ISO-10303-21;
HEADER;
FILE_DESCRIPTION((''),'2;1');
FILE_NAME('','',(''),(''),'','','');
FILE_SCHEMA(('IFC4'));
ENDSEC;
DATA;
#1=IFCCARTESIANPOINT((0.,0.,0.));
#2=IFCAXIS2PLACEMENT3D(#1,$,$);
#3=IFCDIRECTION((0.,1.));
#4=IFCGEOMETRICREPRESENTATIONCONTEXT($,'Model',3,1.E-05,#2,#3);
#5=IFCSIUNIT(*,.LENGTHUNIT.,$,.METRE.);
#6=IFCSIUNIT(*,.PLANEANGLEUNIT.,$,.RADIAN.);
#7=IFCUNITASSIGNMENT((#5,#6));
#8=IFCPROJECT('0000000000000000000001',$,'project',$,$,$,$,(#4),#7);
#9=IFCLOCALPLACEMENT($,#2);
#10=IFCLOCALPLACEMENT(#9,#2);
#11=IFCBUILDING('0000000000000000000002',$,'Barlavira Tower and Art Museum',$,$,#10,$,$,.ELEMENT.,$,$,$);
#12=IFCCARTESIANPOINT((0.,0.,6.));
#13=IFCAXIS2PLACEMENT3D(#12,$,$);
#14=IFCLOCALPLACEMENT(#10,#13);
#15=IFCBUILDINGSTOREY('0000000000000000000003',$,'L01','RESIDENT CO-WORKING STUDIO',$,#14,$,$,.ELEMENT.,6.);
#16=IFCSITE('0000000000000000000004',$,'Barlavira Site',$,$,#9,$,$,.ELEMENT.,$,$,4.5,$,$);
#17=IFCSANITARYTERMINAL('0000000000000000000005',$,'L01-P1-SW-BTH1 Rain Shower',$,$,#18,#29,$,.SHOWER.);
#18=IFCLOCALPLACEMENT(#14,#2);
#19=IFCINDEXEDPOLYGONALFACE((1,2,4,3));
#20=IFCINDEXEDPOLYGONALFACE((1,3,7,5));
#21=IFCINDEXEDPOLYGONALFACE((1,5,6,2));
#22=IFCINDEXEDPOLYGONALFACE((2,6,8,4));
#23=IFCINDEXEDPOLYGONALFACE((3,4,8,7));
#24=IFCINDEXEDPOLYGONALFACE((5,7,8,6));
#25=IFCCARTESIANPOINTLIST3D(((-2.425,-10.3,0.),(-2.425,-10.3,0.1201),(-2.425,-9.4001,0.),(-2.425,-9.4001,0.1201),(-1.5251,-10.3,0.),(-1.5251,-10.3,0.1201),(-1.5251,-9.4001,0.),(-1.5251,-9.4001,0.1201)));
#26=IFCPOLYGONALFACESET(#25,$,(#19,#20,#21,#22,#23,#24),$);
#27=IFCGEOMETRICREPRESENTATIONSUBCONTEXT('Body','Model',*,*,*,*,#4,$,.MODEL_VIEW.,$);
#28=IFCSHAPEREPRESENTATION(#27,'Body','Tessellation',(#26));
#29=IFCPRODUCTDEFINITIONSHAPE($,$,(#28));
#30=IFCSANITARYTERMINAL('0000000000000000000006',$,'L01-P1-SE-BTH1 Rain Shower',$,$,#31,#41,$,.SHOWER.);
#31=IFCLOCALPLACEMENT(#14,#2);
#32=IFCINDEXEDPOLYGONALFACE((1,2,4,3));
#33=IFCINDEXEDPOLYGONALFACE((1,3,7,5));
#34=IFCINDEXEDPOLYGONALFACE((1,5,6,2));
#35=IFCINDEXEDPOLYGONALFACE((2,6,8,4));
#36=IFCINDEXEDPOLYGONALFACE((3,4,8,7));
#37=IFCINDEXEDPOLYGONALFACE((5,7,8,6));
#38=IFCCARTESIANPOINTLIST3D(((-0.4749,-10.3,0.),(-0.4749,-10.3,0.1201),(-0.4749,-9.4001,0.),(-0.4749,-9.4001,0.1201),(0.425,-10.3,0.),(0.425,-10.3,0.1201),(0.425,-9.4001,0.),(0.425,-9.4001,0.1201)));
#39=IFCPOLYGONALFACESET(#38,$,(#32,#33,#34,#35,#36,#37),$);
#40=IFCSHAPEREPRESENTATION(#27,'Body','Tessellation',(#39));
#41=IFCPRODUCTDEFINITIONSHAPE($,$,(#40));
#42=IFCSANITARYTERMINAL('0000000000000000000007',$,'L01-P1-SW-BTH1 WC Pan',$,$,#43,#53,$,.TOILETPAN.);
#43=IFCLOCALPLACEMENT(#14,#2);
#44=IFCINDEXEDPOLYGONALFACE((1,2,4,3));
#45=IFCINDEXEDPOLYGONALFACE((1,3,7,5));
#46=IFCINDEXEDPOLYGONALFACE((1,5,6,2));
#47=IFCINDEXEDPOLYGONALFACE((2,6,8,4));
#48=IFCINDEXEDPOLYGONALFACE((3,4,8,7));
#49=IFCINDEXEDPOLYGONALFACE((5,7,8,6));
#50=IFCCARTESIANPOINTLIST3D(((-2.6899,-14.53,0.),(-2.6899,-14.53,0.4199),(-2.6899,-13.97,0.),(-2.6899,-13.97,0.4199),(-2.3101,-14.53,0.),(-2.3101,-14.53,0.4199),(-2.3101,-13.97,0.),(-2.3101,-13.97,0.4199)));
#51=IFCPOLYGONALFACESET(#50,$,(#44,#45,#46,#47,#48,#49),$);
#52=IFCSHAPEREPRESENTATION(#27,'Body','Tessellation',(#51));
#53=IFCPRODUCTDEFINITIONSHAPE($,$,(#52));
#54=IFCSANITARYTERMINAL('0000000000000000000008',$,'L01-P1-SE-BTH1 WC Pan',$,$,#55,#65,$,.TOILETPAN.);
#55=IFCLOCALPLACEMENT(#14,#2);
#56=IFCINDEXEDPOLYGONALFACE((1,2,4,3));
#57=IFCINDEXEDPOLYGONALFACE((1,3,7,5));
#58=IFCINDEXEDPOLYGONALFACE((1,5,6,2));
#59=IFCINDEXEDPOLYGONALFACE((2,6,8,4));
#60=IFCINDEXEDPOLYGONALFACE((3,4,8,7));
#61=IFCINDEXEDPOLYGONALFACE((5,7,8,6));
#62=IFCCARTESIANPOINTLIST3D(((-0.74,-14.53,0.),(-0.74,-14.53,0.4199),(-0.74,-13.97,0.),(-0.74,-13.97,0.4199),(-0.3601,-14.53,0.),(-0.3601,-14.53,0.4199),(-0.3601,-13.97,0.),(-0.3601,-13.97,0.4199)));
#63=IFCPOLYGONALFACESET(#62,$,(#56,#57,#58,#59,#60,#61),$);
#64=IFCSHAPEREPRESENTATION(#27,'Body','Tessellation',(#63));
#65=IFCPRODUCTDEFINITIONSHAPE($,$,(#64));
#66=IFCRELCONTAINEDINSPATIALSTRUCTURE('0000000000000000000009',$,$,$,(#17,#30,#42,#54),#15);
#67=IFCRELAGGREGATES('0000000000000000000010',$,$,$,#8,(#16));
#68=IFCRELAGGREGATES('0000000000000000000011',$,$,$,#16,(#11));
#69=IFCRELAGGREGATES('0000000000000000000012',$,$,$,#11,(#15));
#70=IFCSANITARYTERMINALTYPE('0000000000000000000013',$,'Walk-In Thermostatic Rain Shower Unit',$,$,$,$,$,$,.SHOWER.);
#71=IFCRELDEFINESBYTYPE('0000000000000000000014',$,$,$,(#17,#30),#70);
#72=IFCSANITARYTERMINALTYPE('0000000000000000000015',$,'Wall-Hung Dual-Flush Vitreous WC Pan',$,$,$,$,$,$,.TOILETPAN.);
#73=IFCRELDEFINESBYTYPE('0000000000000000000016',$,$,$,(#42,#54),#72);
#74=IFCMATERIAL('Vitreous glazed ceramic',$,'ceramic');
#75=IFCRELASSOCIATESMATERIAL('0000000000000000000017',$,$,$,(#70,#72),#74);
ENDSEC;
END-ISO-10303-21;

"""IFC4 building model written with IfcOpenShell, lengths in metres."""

from ifc_helpers import new_model, si_unit, direction, frame, origin, origin_2d, place, context, subcontext, project, spatial, rectangle, extrude, material, type_object, element, save


model = new_model("IFC4")

# Units and contexts
model_context = context("Model", 3, precision=1e-05, world=origin(), true_north=direction((0.0, 1.0)))
body_context = subcontext(model_context, "Body", "Model", "MODEL_VIEW")
ifc_project = project(units=[si_unit("LENGTHUNIT", "METRE"), si_unit("PLANEANGLEUNIT", "RADIAN")], contexts=[model_context])

# Site, building, storey
site_placement = place(None, origin())
site = spatial("IfcSite", under=ifc_project, at=site_placement, Name="Barlavira Site", CompositionType="ELEMENT", RefElevation=4.5)
building_placement = place(site_placement, origin())
building = spatial("IfcBuilding", under=site, at=building_placement, Name="Barlavira Tower and Art Museum", CompositionType="ELEMENT")
storey_placement = place(building_placement, frame((0.0, 0.0, 6.0)))
storey = spatial("IfcBuildingStorey", under=building, at=storey_placement, Name="L01", Description="RESIDENT CO-WORKING STUDIO", CompositionType="ELEMENT", Elevation=6.0)

# Sanitary terminals
ifc_material_1 = material(Name="Vitreous glazed ceramic", Category="ceramic")
sanitary_terminal_type_1 = type_object("IfcSanitaryTerminalType", Name="Walk-In Thermostatic Rain Shower Unit", PredefinedType="SHOWER", material=ifc_material_1)
for number, where, z_axis, x_axis, name in (
    (1, (-1.9751, -9.8501, 0.0), (0.0, 0.0, 1.0), (1.0, 0.0, 0.0), "L01-P1-SW-BTH1 Rain Shower"),
    (2, (-0.0249, -9.8501, 0.0), (0.0, 0.0, 1.0), (1.0, 0.0, 0.0), "L01-P1-SE-BTH1 Rain Shower"),
):
    element("IfcSanitaryTerminal", number, at=place(storey_placement, frame(where, z_axis=z_axis, x_axis=x_axis)), inside=storey, type_object=sanitary_terminal_type_1, Name=name, PredefinedType="SHOWER", context=body_context, shape_type="SweptSolid", body=[
        extrude(rectangle(XDim=0.8999, YDim=0.8999, at=origin_2d()), origin(), (0.0, 0.0, 1.0), 0.1201),
    ])
sanitary_terminal_type_2 = type_object("IfcSanitaryTerminalType", Name="Wall-Hung Dual-Flush Vitreous WC Pan", PredefinedType="TOILETPAN", material=ifc_material_1)
for number, where, z_axis, x_axis, name in (
    (3, (-2.5, -14.25, 0.0), (0.0, 0.0, 1.0), (1.0, 0.0, 0.0), "L01-P1-SW-BTH1 WC Pan"),
    (4, (-0.55, -14.25, 0.0), (0.0, 0.0, 1.0), (1.0, 0.0, 0.0), "L01-P1-SE-BTH1 WC Pan"),
):
    element("IfcSanitaryTerminal", number, at=place(storey_placement, frame(where, z_axis=z_axis, x_axis=x_axis)), inside=storey, type_object=sanitary_terminal_type_2, Name=name, PredefinedType="TOILETPAN", context=body_context, shape_type="SweptSolid", body=[
        extrude(rectangle(XDim=0.3799, YDim=0.5601, at=origin_2d()), origin(), (0.0, 0.0, 1.0), 0.4199),
    ])

save(model, "model.ifc")
